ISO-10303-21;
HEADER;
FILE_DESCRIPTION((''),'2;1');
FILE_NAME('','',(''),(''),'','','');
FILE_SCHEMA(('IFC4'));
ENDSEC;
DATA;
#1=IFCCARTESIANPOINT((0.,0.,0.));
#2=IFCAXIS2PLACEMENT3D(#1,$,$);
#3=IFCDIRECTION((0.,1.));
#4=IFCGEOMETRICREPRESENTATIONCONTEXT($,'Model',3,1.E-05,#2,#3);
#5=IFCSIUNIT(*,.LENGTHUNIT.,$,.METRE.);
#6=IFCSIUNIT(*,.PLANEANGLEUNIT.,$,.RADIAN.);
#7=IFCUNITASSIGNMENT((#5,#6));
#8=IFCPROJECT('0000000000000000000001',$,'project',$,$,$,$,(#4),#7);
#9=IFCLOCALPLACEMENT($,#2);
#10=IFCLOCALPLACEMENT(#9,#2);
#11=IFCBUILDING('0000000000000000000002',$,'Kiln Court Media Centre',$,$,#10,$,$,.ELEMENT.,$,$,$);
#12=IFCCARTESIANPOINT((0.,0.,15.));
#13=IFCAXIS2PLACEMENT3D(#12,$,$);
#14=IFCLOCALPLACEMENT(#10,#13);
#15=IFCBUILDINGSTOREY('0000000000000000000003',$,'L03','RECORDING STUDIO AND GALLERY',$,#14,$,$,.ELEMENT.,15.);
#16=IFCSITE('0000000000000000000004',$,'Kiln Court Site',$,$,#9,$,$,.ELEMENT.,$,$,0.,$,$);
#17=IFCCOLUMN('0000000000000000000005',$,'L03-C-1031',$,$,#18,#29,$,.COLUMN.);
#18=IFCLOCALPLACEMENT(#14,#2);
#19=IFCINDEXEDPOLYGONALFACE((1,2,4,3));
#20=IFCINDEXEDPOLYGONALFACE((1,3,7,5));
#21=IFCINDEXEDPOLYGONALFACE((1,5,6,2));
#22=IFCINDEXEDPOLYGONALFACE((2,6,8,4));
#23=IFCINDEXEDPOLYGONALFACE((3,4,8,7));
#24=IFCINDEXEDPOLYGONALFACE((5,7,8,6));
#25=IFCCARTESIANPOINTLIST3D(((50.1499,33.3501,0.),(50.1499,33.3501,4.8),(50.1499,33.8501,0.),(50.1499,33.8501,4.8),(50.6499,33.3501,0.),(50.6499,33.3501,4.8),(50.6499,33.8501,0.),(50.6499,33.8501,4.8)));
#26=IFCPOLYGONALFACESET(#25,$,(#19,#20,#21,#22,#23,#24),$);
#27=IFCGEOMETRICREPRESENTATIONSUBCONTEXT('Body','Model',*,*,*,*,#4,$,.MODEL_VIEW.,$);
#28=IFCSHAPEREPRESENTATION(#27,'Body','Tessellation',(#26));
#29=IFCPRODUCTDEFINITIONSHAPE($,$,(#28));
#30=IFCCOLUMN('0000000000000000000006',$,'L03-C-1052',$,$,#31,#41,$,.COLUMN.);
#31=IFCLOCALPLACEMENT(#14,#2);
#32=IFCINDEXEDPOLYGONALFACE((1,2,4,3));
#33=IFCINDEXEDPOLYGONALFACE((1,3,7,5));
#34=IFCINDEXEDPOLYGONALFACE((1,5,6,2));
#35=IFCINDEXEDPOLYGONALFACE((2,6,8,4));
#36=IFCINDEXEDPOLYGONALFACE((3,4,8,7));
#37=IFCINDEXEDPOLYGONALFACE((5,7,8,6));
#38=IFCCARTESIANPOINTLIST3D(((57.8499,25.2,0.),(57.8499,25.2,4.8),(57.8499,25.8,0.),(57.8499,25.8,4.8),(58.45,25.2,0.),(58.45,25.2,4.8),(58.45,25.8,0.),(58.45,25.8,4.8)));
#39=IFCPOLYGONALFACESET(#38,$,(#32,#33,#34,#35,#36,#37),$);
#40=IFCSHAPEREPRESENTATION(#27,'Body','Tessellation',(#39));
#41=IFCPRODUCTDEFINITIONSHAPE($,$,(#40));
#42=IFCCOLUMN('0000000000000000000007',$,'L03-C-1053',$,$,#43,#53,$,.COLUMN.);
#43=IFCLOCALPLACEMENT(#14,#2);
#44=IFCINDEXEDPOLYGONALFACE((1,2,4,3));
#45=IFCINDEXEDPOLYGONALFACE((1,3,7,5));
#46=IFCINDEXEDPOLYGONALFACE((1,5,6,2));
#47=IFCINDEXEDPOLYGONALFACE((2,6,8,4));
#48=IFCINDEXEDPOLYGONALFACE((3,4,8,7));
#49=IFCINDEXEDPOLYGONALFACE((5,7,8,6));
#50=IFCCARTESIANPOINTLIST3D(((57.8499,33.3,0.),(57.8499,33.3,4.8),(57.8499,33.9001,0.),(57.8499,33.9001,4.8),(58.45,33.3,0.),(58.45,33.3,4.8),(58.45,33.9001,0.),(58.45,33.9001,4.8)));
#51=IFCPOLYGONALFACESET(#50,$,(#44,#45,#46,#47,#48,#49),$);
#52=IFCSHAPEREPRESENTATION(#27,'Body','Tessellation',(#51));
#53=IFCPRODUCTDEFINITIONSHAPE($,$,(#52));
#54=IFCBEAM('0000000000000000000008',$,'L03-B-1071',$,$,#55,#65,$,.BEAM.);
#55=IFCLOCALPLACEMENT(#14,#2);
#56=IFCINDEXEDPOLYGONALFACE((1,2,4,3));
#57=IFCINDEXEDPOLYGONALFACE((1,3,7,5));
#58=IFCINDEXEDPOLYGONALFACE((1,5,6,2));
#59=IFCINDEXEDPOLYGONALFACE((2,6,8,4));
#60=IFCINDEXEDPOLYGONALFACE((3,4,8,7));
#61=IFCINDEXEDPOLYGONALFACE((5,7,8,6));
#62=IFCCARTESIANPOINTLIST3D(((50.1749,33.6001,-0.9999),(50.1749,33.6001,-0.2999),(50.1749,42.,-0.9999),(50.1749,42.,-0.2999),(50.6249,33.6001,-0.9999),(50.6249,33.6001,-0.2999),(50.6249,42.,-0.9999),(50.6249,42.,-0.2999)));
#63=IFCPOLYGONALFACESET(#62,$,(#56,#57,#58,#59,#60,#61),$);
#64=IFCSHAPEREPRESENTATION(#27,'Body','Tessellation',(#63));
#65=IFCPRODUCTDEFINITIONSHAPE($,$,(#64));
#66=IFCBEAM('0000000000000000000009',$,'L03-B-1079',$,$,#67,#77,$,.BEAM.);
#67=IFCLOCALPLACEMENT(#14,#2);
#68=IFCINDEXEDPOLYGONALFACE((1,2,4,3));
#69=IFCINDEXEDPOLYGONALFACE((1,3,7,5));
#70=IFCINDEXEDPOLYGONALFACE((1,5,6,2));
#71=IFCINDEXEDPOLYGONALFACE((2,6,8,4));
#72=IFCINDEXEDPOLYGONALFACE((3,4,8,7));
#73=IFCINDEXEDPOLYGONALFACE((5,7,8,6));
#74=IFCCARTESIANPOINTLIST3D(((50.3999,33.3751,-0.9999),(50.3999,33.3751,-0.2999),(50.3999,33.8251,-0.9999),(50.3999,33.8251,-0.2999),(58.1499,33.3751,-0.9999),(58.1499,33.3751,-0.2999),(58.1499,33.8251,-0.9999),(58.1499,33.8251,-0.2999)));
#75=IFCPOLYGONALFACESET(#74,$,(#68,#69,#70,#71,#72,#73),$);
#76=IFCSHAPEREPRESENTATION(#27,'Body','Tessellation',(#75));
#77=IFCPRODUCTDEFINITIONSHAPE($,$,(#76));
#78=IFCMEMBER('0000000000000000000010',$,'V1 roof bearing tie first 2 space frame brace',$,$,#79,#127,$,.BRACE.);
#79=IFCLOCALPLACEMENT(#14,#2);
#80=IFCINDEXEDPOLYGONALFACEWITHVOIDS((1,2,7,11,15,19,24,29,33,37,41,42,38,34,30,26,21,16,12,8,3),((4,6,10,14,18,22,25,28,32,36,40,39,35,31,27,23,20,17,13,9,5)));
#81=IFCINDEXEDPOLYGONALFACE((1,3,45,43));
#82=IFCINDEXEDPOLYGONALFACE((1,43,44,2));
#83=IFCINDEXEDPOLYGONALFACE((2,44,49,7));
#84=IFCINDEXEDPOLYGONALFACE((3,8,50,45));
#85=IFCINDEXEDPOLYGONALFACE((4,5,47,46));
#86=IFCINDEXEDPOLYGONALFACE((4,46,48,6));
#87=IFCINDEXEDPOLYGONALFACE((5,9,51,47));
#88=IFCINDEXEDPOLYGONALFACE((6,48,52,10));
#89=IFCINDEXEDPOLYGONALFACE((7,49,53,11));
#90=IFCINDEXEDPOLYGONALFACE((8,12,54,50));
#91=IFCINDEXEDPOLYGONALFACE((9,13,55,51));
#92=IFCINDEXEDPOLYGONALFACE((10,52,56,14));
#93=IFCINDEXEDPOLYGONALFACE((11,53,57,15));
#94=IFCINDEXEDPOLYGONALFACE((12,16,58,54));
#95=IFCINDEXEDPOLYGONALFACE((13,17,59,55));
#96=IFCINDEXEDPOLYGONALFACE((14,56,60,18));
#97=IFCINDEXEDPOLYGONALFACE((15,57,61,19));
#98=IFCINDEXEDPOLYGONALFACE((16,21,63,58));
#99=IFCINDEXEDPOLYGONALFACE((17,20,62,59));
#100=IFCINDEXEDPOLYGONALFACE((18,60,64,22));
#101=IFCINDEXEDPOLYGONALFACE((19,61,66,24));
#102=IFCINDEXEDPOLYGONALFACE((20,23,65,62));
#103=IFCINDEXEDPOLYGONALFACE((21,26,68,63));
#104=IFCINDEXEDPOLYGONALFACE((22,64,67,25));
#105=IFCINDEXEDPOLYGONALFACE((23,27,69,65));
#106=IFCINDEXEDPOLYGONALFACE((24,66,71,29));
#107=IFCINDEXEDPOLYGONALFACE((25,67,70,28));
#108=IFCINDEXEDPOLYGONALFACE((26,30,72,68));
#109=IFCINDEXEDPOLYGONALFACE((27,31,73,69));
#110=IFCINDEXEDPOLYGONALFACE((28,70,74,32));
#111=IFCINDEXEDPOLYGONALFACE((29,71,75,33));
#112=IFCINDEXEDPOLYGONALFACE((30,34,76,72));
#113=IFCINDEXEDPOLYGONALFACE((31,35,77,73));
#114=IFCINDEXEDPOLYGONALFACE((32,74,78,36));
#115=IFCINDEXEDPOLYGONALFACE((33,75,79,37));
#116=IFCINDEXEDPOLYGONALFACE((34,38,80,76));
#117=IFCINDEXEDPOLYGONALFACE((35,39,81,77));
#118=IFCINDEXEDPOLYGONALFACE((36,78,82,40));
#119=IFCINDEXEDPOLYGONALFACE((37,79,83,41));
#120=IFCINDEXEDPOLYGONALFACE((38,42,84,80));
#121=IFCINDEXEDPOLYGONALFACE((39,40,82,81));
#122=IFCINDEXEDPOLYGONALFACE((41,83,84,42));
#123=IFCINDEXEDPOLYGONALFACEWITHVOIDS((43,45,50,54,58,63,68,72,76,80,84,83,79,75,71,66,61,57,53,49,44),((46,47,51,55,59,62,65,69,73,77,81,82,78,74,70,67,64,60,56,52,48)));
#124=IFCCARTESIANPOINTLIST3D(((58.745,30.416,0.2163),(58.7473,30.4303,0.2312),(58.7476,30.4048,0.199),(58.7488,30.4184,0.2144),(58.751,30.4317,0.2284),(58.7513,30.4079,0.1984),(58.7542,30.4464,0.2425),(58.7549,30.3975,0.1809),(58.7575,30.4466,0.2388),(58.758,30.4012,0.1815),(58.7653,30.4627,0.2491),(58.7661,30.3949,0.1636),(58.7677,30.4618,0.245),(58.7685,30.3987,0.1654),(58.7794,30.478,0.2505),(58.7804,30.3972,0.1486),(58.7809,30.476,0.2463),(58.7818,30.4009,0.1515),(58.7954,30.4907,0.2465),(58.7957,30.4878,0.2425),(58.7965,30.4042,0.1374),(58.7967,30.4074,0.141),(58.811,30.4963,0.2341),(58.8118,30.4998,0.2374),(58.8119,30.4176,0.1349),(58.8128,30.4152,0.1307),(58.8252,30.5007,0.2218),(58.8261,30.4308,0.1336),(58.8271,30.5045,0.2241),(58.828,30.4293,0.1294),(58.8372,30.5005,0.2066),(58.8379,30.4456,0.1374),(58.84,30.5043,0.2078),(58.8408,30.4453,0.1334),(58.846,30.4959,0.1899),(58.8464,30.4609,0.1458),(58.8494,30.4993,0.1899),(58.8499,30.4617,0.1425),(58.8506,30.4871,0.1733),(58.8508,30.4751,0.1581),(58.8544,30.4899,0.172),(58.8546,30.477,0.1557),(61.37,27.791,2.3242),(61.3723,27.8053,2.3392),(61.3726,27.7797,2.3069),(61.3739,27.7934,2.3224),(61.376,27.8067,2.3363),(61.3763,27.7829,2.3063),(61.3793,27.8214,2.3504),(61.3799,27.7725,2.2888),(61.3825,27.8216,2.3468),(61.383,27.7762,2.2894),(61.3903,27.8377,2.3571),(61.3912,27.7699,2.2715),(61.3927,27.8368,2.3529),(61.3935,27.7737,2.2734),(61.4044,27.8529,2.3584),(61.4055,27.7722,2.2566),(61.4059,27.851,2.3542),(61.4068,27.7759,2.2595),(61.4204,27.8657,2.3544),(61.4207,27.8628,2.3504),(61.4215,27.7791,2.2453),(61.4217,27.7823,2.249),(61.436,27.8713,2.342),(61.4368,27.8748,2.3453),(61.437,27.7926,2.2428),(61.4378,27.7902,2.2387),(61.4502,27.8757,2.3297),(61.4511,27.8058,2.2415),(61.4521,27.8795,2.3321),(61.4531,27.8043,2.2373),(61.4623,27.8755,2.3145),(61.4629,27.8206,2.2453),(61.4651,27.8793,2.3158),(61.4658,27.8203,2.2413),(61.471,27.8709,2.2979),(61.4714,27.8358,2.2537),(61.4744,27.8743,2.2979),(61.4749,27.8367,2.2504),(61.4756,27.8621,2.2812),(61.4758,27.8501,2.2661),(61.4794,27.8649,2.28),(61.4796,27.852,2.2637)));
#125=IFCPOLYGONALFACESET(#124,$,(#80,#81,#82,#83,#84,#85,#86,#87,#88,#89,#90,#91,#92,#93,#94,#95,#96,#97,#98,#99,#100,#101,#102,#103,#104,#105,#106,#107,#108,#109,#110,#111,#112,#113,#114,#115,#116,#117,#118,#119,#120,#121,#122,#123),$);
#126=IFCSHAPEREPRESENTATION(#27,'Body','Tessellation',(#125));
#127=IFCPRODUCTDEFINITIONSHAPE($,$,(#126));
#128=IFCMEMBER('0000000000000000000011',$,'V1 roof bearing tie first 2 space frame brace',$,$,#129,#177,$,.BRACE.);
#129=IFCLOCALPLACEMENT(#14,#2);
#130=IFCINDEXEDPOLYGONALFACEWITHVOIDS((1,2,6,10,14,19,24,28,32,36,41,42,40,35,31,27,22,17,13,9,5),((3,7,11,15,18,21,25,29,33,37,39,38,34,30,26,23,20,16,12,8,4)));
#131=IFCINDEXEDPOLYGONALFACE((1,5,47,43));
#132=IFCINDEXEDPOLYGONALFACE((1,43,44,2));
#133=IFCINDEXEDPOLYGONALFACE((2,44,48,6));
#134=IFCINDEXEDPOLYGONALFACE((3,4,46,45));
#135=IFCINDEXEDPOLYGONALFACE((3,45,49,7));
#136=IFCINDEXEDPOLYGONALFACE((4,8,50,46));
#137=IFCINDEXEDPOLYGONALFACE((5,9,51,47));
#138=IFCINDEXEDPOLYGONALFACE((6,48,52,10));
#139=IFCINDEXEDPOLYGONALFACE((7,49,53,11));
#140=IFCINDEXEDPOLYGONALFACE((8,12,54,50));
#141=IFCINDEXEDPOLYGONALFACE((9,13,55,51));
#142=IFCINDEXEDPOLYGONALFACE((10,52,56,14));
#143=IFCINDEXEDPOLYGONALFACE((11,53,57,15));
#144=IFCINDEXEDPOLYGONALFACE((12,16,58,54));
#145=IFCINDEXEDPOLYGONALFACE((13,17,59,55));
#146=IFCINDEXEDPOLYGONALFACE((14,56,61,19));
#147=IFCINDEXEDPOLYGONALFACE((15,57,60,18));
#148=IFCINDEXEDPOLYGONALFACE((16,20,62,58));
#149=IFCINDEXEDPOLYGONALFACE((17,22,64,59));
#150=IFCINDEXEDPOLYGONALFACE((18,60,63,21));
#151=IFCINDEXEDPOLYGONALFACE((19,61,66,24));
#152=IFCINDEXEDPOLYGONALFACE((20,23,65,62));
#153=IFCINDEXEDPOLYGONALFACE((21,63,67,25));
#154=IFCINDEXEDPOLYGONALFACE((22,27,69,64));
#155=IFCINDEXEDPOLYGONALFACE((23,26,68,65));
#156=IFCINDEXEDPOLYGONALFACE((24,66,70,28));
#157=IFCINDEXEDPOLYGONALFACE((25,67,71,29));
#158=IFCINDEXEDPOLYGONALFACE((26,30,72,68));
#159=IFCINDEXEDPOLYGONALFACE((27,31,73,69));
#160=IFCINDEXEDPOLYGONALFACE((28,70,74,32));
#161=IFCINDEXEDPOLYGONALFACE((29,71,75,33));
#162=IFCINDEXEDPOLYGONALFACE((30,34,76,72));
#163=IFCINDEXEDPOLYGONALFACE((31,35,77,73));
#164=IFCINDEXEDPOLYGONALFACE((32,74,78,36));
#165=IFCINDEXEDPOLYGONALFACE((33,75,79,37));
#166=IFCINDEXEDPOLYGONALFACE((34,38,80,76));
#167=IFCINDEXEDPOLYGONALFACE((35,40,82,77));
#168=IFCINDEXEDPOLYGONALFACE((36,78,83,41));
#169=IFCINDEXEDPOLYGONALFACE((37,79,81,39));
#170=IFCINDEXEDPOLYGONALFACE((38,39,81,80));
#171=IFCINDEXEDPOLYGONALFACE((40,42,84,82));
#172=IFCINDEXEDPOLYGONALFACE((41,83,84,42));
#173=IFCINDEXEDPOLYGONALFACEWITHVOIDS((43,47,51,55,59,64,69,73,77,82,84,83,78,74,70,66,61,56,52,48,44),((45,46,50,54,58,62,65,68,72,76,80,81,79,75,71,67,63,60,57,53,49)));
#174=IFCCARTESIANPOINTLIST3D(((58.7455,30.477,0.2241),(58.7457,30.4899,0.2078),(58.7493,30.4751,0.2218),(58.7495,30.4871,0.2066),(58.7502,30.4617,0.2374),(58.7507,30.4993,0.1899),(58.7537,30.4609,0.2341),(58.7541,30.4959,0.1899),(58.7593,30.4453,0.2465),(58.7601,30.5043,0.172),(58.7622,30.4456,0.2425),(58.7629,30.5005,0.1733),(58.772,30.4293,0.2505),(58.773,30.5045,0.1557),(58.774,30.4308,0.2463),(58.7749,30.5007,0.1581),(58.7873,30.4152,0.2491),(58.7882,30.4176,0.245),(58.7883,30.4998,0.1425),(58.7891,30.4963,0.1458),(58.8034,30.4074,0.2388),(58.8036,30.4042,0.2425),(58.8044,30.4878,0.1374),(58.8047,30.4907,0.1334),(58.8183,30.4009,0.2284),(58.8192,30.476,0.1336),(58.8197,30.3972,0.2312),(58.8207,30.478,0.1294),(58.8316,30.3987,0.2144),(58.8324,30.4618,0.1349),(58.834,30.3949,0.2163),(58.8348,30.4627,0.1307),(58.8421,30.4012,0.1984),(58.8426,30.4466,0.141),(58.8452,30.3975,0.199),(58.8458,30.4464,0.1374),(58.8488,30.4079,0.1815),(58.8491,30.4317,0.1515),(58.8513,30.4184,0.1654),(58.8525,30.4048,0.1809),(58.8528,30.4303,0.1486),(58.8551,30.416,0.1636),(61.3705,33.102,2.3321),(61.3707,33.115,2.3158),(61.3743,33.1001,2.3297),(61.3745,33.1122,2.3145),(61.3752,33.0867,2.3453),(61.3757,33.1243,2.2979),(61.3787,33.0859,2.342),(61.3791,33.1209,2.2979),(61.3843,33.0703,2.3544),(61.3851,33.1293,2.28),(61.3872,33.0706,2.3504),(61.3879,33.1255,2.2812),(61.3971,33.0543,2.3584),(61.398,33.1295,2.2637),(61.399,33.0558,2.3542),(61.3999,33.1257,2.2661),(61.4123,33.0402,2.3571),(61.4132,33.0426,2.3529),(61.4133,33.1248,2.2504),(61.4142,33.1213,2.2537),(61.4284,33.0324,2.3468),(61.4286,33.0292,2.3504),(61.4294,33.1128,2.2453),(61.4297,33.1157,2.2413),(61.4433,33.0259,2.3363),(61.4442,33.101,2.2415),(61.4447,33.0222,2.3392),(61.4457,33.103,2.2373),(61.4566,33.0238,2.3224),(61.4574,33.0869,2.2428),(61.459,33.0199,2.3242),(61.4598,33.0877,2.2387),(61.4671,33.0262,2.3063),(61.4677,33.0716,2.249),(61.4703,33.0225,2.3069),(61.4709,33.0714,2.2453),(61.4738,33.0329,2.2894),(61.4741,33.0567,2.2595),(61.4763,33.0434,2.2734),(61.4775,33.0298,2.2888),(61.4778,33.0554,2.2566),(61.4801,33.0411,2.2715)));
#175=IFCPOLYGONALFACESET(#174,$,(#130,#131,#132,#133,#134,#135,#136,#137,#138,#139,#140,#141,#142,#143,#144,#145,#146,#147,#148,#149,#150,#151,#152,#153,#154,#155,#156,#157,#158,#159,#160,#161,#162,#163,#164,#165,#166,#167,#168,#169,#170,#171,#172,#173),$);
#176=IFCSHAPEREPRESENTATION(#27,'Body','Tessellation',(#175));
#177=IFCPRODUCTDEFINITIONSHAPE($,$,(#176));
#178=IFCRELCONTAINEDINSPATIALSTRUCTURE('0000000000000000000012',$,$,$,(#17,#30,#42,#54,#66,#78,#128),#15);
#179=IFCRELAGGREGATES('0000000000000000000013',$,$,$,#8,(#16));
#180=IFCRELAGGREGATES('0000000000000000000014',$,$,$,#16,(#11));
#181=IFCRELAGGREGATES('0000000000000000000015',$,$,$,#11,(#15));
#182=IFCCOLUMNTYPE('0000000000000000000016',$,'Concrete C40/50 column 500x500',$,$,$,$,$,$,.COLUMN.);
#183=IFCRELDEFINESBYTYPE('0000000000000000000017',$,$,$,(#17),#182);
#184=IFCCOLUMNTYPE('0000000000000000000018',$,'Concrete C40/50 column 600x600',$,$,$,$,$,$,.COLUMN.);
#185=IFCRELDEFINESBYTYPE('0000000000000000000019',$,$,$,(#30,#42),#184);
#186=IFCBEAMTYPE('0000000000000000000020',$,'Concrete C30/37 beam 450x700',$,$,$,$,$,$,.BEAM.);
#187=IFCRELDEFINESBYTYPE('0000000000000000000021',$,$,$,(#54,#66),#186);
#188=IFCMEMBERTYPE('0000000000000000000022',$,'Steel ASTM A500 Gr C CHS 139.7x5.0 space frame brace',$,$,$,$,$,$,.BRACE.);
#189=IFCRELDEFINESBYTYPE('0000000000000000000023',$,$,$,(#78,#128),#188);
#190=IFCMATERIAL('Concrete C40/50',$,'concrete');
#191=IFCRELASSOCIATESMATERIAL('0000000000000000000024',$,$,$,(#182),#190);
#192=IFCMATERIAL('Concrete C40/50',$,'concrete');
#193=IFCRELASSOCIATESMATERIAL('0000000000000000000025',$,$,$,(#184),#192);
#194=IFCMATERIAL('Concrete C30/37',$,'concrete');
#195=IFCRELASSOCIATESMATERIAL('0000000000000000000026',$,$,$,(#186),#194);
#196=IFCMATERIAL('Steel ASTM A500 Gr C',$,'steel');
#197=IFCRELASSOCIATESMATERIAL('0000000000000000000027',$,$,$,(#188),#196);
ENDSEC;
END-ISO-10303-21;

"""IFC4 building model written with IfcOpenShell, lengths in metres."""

from ifc_helpers import new_model, si_unit, direction, frame, origin, origin_2d, place, context, subcontext, project, spatial, rectangle, hollow_circle, extrude, material, material_profile, profile_set, type_object, element, save


model = new_model("IFC4")

# Units and contexts
model_context = context("Model", 3, precision=1e-05, world=origin(), true_north=direction((0.0, 1.0)))
body_context = subcontext(model_context, "Body", "Model", "MODEL_VIEW")
ifc_project = project(units=[si_unit("LENGTHUNIT", "METRE"), si_unit("PLANEANGLEUNIT", "RADIAN")], contexts=[model_context])

# Site, building, storey
site_placement = place(None, origin())
site = spatial("IfcSite", under=ifc_project, at=site_placement, Name="Kiln Court Site", CompositionType="ELEMENT", RefElevation=0.0)
building_placement = place(site_placement, origin())
building = spatial("IfcBuilding", under=site, at=building_placement, Name="Kiln Court Media Centre", CompositionType="ELEMENT")
storey_placement = place(building_placement, frame((0.0, 0.0, 15.0)))
storey = spatial("IfcBuildingStorey", under=building, at=storey_placement, Name="L03", Description="RECORDING STUDIO AND GALLERY", CompositionType="ELEMENT", Elevation=15.0)

# Columns
ifc_material_1 = material(Name="Concrete C40/50", Category="concrete")
ifc_material_profile_1 = material_profile(ifc_material_1, rectangle(XDim=0.5, YDim=0.5, at=origin_2d()), Name="RC 500x500")
ifc_profile_set_1 = profile_set([ifc_material_profile_1], Name="Concrete C40/50")
column_type_1 = type_object("IfcColumnType", Name="Concrete C40/50 column 500x500", PredefinedType="COLUMN", material=ifc_profile_set_1)
column_placement = place(storey_placement, frame((50.3999, 33.6001, 0.0), z_axis=(0.0, 0.0, 1.0), x_axis=(1.0, 0.0, 0.0)))
element("IfcColumn", 1, at=column_placement, inside=storey, type_object=column_type_1, Name="L03-C-1031", PredefinedType="COLUMN", context=body_context, shape_type="SweptSolid", body=[
    extrude(rectangle(XDim=0.5, YDim=0.5, at=origin_2d()), origin(), (0.0, 0.0, 1.0), 4.8),
])
ifc_material_2 = material(Name="Concrete C40/50", Category="concrete")
ifc_material_profile_2 = material_profile(ifc_material_2, rectangle(XDim=0.6001, YDim=0.6001, at=origin_2d()), Name="RC 600x600")
ifc_profile_set_2 = profile_set([ifc_material_profile_2], Name="Concrete C40/50")
column_type_2 = type_object("IfcColumnType", Name="Concrete C40/50 column 600x600", PredefinedType="COLUMN", material=ifc_profile_set_2)
for number, where, z_axis, x_axis, name in (
    (2, (58.1499, 25.5, 0.0), (0.0, 0.0, 1.0), (1.0, 0.0, 0.0), "L03-C-1052"),
    (3, (58.1499, 33.6001, 0.0), (0.0, 0.0, 1.0), (1.0, 0.0, 0.0), "L03-C-1053"),
):
    element("IfcColumn", number, at=place(storey_placement, frame(where, z_axis=z_axis, x_axis=x_axis)), inside=storey, type_object=column_type_2, Name=name, PredefinedType="COLUMN", context=body_context, shape_type="SweptSolid", body=[
        extrude(rectangle(XDim=0.6001, YDim=0.6001, at=origin_2d()), origin(), (0.0, 0.0, 1.0), 4.8),
    ])

# Beams
ifc_material_3 = material(Name="Concrete C30/37", Category="concrete")
ifc_material_profile_3 = material_profile(ifc_material_3, rectangle(XDim=0.45, YDim=0.7, at=origin_2d()), Name="RC 450x700")
ifc_profile_set_3 = profile_set([ifc_material_profile_3], Name="Concrete C30/37")
beam_type = type_object("IfcBeamType", Name="Concrete C30/37 beam 450x700", PredefinedType="BEAM", material=ifc_profile_set_3)
beam_1_placement = place(storey_placement, frame((50.3999, 33.6001, -0.6499), z_axis=(0.0, 1.0, 0.0), x_axis=(-1.0, 0.0, 0.0)))
element("IfcBeam", 4, at=beam_1_placement, inside=storey, type_object=beam_type, Name="L03-B-1071", PredefinedType="BEAM", context=body_context, shape_type="SweptSolid", body=[
    extrude(rectangle(XDim=0.45, YDim=0.7, at=origin_2d()), origin(), (0.0, 0.0, 1.0), 8.3999),
])
beam_2_placement = place(storey_placement, frame((50.3999, 33.6001, -0.6499), z_axis=(1.0, 0.0, 0.0), x_axis=(0.0, 1.0, 0.0)))
element("IfcBeam", 5, at=beam_2_placement, inside=storey, type_object=beam_type, Name="L03-B-1079", PredefinedType="BEAM", context=body_context, shape_type="SweptSolid", body=[
    extrude(rectangle(XDim=0.45, YDim=0.7, at=origin_2d()), origin(), (0.0, 0.0, 1.0), 7.75),
])

# Members
ifc_material_4 = material(Name="Steel ASTM A500 Gr C", Category="steel")
ifc_material_profile_4 = material_profile(ifc_material_4, hollow_circle(Radius=0.0698, WallThickness=0.0049, at=origin_2d()), Name="CHS 139.7x5.0")
ifc_profile_set_4 = profile_set([ifc_material_profile_4], Name="Steel ASTM A500 Gr C")
member_type_1 = type_object("IfcMemberType", Name="Steel ASTM A500 Gr C CHS 139.7x5.0 space frame brace", PredefinedType="BRACE", material=ifc_profile_set_4)
for number, where, z_axis, x_axis, name in (
    (6, (58.8, 30.45, 0.1899), (0.614895, -0.614895, 0.493769), (0.707107, 0.707107, 0.0), "V1 roof bearing tie first 2 space frame brace"),
    (7, (58.8, 30.45, 0.1899), (0.614895, 0.614895, 0.493769), (-0.707107, 0.707107, 0.0), "V1 roof bearing tie first 2 space frame brace"),
):
    element("IfcMember", number, at=place(storey_placement, frame(where, z_axis=z_axis, x_axis=x_axis)), inside=storey, type_object=member_type_1, Name=name, PredefinedType="BRACE", context=body_context, shape_type="SweptSolid", body=[
        extrude(hollow_circle(Radius=0.0698, WallThickness=0.0049, at=origin_2d()), origin(), (0.0, 0.0, 1.0), 4.269),
    ])

save(model, "model.ifc")
